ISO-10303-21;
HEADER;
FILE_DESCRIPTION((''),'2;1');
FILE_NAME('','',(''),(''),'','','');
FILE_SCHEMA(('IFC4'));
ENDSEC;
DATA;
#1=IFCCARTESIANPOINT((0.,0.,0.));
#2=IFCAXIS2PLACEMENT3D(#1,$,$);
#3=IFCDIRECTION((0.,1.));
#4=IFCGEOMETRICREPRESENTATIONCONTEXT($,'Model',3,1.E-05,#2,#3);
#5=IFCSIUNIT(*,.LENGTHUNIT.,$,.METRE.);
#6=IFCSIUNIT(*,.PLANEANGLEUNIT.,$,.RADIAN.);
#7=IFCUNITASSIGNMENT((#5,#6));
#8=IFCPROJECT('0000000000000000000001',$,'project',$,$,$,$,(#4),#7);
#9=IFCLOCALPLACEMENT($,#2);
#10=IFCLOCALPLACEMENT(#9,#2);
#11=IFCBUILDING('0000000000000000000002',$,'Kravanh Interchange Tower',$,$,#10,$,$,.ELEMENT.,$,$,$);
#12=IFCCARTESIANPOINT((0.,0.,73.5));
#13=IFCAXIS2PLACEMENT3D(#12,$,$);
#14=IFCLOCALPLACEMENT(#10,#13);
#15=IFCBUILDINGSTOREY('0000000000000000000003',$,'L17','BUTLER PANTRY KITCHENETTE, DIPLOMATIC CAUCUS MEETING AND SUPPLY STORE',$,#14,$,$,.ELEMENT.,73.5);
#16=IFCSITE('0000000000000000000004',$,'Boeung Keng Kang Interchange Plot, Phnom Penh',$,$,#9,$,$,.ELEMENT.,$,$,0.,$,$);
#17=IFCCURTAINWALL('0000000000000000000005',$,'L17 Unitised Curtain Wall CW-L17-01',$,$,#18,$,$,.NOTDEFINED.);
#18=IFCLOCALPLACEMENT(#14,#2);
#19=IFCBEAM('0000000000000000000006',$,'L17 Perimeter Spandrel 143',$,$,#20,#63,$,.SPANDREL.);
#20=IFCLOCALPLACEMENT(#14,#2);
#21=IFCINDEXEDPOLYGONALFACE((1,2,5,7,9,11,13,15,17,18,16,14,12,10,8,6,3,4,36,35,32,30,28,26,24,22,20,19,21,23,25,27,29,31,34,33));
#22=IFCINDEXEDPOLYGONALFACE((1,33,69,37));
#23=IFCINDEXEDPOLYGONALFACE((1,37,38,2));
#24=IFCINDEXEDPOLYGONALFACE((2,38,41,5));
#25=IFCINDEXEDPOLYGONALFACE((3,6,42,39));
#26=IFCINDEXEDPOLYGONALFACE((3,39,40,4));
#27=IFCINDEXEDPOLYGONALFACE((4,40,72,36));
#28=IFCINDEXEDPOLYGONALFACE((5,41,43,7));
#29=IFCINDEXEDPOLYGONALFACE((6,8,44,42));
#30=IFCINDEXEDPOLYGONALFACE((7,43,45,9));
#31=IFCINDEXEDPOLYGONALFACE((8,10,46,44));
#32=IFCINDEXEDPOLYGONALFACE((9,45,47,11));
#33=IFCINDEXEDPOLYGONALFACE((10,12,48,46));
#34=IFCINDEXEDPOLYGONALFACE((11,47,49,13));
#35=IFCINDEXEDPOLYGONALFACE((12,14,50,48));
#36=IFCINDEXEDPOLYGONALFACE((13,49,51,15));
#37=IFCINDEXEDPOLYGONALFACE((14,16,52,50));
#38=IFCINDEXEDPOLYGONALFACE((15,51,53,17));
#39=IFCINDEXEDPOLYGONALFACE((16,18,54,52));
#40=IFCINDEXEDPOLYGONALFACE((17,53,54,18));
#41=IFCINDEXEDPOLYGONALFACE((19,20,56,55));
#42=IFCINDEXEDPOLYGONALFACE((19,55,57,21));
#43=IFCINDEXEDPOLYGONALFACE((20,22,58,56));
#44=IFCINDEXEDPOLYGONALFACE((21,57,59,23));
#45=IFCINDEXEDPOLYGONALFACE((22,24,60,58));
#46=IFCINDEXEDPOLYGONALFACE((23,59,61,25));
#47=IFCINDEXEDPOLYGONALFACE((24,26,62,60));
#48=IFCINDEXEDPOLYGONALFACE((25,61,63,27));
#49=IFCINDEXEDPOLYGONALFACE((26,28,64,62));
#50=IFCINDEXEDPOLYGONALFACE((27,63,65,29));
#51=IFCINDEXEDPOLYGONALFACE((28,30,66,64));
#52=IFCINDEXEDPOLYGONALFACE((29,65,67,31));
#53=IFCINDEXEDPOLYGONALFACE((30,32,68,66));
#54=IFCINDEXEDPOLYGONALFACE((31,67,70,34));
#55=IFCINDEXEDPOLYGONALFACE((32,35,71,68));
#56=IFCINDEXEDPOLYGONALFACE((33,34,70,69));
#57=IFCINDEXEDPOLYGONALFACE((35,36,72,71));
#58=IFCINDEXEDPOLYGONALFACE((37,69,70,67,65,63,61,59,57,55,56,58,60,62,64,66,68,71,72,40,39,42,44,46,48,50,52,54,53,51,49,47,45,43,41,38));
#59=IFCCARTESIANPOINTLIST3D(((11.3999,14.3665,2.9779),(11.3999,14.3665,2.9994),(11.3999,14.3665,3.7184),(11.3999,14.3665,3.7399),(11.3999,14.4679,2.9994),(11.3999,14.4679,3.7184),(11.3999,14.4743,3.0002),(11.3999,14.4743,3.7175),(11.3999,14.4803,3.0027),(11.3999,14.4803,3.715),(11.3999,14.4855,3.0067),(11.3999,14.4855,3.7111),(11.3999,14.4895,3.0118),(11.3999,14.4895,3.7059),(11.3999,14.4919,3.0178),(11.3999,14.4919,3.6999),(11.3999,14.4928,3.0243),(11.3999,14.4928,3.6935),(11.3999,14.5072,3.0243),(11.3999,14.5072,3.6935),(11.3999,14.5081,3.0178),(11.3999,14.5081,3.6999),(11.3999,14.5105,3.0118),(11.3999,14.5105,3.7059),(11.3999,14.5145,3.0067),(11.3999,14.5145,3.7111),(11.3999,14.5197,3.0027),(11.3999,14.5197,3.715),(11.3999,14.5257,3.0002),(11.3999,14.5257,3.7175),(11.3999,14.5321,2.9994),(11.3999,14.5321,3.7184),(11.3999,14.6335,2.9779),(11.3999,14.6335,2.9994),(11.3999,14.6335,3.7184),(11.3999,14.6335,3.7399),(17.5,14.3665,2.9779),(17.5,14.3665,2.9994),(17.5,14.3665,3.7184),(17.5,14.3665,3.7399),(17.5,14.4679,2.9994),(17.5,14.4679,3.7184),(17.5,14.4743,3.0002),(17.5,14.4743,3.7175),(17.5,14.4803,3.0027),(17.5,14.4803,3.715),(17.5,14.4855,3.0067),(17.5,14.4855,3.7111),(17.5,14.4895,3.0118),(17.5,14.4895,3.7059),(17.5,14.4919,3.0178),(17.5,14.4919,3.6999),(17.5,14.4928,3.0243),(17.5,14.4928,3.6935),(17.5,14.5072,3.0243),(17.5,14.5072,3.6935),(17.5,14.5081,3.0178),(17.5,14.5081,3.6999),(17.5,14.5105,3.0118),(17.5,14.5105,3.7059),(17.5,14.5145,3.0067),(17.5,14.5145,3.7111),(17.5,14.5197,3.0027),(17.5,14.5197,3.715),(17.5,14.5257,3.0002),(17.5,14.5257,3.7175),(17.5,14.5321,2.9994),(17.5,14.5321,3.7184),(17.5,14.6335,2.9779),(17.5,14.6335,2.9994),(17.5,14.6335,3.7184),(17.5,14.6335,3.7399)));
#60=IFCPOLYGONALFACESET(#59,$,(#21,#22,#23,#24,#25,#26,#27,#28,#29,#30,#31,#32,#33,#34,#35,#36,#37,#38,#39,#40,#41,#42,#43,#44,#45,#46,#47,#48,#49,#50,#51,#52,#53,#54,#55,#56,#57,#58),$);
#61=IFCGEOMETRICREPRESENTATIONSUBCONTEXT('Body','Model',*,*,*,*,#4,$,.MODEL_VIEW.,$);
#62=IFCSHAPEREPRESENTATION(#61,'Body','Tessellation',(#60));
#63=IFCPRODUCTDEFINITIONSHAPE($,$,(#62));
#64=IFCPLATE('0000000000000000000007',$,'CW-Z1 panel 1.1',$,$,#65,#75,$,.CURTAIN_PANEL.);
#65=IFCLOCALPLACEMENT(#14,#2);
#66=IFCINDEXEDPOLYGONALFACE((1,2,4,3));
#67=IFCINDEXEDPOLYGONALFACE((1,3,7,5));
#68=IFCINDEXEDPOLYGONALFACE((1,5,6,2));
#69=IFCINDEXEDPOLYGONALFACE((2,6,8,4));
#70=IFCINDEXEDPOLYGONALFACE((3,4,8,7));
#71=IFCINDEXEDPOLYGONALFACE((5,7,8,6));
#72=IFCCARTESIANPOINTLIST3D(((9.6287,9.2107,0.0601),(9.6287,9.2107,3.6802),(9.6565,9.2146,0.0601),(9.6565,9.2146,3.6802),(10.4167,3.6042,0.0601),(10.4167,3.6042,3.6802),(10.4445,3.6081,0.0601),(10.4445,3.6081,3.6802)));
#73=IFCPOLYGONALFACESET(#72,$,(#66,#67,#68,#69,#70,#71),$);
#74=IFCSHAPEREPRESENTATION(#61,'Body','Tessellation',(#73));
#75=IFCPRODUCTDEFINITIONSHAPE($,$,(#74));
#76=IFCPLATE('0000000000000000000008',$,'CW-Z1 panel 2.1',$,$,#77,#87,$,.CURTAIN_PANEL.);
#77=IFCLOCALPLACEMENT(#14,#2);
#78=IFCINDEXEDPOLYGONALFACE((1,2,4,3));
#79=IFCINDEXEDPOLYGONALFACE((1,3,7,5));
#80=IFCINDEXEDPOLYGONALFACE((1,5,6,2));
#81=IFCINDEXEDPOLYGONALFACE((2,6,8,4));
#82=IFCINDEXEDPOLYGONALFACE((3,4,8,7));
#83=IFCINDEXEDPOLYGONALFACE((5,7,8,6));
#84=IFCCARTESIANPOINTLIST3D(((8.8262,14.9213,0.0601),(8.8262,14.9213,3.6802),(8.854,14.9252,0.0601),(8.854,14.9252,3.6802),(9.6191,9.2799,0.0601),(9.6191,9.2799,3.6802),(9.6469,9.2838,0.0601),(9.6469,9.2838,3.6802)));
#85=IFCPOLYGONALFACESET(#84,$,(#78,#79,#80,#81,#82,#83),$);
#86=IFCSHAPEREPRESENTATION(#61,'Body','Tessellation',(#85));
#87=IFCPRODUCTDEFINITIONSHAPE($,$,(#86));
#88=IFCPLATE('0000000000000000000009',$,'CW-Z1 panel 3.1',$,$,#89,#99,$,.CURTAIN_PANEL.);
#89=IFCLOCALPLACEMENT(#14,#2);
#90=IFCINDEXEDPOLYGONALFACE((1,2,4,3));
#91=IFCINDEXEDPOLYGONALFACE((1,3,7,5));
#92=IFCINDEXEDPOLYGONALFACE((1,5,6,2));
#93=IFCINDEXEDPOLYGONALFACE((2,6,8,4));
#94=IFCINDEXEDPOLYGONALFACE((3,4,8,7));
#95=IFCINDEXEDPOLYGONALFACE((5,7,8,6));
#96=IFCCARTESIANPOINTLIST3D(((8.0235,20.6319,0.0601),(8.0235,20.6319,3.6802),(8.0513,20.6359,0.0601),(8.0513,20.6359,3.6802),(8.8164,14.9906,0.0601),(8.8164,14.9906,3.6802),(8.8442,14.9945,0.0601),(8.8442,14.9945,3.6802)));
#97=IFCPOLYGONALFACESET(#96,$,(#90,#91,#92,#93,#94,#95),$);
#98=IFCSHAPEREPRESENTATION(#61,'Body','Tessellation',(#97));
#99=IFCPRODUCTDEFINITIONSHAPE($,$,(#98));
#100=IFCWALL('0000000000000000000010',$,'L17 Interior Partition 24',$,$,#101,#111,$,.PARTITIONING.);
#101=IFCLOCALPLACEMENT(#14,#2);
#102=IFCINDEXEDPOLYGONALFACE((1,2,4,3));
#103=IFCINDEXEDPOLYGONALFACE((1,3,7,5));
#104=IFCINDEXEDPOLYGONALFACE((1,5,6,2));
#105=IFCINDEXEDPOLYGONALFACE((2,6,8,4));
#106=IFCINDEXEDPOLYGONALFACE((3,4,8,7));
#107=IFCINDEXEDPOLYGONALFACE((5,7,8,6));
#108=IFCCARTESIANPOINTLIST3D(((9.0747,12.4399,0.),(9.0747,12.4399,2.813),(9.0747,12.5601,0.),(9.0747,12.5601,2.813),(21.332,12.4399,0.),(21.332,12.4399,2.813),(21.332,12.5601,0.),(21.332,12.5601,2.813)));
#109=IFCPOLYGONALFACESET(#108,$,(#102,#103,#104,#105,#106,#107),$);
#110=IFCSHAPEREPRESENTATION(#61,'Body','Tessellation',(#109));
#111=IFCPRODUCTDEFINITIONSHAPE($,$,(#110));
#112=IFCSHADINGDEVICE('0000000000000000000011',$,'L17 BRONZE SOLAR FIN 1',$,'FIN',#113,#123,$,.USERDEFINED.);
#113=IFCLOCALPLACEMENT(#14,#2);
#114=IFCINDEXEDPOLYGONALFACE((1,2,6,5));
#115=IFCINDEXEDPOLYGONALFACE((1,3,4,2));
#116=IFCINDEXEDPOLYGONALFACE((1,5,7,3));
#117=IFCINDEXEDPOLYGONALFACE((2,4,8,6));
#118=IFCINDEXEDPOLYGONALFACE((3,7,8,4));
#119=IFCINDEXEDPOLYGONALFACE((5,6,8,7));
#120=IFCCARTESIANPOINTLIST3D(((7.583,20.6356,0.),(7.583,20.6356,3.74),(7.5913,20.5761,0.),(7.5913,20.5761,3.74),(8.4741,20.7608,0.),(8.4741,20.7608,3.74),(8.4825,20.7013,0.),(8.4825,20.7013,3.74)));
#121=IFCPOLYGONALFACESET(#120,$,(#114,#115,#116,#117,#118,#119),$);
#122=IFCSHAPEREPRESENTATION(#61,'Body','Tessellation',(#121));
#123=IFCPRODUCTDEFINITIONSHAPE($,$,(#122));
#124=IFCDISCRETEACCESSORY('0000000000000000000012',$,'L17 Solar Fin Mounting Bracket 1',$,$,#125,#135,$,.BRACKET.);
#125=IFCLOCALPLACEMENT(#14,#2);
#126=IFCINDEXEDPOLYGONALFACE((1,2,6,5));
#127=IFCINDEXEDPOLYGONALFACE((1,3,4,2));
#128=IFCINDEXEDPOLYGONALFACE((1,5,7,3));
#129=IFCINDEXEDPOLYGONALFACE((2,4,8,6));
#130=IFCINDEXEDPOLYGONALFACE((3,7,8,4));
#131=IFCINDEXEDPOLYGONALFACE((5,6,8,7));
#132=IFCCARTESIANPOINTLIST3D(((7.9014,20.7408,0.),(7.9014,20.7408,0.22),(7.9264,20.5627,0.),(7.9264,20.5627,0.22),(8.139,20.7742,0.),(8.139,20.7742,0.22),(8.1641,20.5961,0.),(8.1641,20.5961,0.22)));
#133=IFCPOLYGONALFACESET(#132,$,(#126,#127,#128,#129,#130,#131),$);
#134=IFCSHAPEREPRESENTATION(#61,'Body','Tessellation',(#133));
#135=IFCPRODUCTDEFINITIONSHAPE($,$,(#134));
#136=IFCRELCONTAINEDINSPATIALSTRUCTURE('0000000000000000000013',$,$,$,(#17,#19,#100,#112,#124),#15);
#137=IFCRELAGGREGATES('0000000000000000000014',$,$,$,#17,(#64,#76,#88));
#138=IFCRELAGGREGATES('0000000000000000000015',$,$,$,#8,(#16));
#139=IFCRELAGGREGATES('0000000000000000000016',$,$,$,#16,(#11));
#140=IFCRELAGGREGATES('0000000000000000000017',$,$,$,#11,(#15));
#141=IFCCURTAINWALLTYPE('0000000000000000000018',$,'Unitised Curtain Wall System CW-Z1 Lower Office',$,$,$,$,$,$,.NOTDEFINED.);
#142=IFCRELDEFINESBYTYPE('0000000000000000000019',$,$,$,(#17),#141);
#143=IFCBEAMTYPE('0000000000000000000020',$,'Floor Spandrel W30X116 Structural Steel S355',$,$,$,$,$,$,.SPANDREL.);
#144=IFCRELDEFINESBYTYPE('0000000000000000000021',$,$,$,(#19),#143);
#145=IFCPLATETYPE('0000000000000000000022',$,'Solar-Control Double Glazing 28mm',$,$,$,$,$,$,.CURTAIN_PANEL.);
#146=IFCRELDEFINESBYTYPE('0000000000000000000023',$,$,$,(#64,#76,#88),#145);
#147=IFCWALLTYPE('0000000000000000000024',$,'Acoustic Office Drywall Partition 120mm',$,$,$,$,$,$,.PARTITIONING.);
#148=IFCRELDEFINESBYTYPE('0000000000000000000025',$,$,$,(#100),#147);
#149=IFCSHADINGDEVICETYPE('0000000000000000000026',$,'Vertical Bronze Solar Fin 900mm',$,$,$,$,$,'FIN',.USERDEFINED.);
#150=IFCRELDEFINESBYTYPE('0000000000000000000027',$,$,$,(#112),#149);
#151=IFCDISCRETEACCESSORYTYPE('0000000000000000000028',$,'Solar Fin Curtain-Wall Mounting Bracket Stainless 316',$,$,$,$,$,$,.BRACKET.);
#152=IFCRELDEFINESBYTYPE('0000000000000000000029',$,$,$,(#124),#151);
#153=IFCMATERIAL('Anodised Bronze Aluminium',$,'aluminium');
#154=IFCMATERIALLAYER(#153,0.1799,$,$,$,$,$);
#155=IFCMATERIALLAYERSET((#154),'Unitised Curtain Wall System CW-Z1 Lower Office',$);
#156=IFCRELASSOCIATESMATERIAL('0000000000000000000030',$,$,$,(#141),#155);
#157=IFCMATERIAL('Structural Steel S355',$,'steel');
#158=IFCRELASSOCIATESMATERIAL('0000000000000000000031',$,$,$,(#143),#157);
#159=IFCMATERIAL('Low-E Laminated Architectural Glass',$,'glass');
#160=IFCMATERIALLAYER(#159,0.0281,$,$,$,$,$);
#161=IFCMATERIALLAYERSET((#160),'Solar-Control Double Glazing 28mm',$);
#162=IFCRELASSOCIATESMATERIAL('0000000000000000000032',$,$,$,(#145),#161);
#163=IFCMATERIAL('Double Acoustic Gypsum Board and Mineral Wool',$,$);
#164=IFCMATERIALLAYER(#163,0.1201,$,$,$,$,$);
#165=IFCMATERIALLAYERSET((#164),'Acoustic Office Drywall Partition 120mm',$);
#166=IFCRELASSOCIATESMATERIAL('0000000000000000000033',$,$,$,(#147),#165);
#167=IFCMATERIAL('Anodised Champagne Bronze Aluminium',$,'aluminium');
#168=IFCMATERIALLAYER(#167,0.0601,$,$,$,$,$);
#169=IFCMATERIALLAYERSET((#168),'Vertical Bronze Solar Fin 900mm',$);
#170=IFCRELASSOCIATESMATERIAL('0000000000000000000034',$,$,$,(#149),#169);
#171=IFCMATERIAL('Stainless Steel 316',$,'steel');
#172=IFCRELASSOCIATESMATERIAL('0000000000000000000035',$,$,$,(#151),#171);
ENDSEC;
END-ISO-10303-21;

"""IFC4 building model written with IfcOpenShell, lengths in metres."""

from ifc_helpers import new_model, si_unit, direction, frame, frame_2d, origin, origin_2d, place, context, subcontext, project, spatial, rectangle, i_section, extrude, material, layer, layer_set, material_profile, profile_set, type_object, element, aggregate, save


model = new_model("IFC4")

# Units and contexts
model_context = context("Model", 3, precision=1e-05, world=origin(), true_north=direction((0.0, 1.0)))
body_context = subcontext(model_context, "Body", "Model", "MODEL_VIEW")
ifc_project = project(units=[si_unit("LENGTHUNIT", "METRE"), si_unit("PLANEANGLEUNIT", "RADIAN")], contexts=[model_context])

# Site, building, storey
site_placement = place(None, origin())
site = spatial("IfcSite", under=ifc_project, at=site_placement, Name="Boeung Keng Kang Interchange Plot, Phnom Penh", CompositionType="ELEMENT", RefElevation=0.0)
building_placement = place(site_placement, origin())
building = spatial("IfcBuilding", under=site, at=building_placement, Name="Kravanh Interchange Tower", CompositionType="ELEMENT")
storey_placement = place(building_placement, frame((0.0, 0.0, 73.5)))
storey = spatial("IfcBuildingStorey", under=building, at=storey_placement, Name="L17", Description="BUTLER PANTRY KITCHENETTE, DIPLOMATIC CAUCUS MEETING AND SUPPLY STORE", CompositionType="ELEMENT", Elevation=73.5)

# Curtain wall
ifc_material_1 = material(Name="Anodised Bronze Aluminium", Category="aluminium")
ifc_layer_1 = layer(ifc_material_1, 0.1799)
ifc_layer_set_1 = layer_set([ifc_layer_1], Name="Unitised Curtain Wall System CW-Z1 Lower Office")
curtain_wall_type = type_object("IfcCurtainWallType", Name="Unitised Curtain Wall System CW-Z1 Lower Office", PredefinedType="NOTDEFINED", material=ifc_layer_set_1)
curtain_wall_placement = place(storey_placement, origin())
curtain_wall = element("IfcCurtainWall", 1, at=curtain_wall_placement, inside=storey, type_object=curtain_wall_type, Name="L17 Unitised Curtain Wall CW-L17-01", PredefinedType="NOTDEFINED")

# Beam
ifc_material_2 = material(Name="Structural Steel S355", Category="steel")
ifc_material_profile_1 = material_profile(ifc_material_2, i_section(OverallWidth=0.2671, OverallDepth=0.762, WebThickness=0.0144, FlangeThickness=0.0215, FilletRadius=0.0249, at=origin_2d()), Name="W30X116")
ifc_profile_set_1 = profile_set([ifc_material_profile_1], Name="Structural Steel S355")
beam_type_1 = type_object("IfcBeamType", Name="Floor Spandrel W30X116 Structural Steel S355", PredefinedType="SPANDREL", material=ifc_profile_set_1)
beam_1_placement = place(storey_placement, frame((11.3999, 14.5, 3.3589), z_axis=(1.0, 0.0, 0.0), x_axis=(0.0, 1.0, 0.0)))
element("IfcBeam", 2, at=beam_1_placement, inside=storey, type_object=beam_type_1, Name="L17 Perimeter Spandrel 143", PredefinedType="SPANDREL", context=body_context, shape_type="SweptSolid", body=[
    extrude(i_section(OverallWidth=0.2671, OverallDepth=0.762, WebThickness=0.0144, FlangeThickness=0.0215, FilletRadius=0.0249, at=origin_2d()), origin(), (0.0, 0.0, 1.0), 6.1001),
])

# Plates
ifc_material_3 = material(Name="Low-E Laminated Architectural Glass", Category="glass")
ifc_layer_2 = layer(ifc_material_3, 0.0281)
ifc_layer_set_2 = layer_set([ifc_layer_2], Name="Solar-Control Double Glazing 28mm")
plate_type = type_object("IfcPlateType", Name="Solar-Control Double Glazing 28mm", PredefinedType="CURTAIN_PANEL", material=ifc_layer_set_2)
plate_1_placement = place(storey_placement, frame((10.0366, 6.4094, 0.0601), z_axis=(0.0, 0.0, 1.0), x_axis=(-0.139177, 0.990268, 0.0)))
plate_1 = element("IfcPlate", 3, at=plate_1_placement, type_object=plate_type, Name="CW-Z1 panel 1.1", PredefinedType="CURTAIN_PANEL", context=body_context, shape_type="SweptSolid", body=[
    extrude(rectangle(XDim=5.6616, YDim=0.0281, at=origin_2d()), origin(), (0.0, 0.0, 1.0), 3.6201),
])
plate_2_placement = place(storey_placement, frame((9.2366, 12.1025, 0.0601), z_axis=(0.0, 0.0, 1.0), x_axis=(-0.139177, 0.990268, 0.0)))
plate_2 = element("IfcPlate", 4, at=plate_2_placement, type_object=plate_type, Name="CW-Z1 panel 2.1", PredefinedType="CURTAIN_PANEL", context=body_context, shape_type="SweptSolid", body=[
    extrude(rectangle(XDim=5.6968, YDim=0.0281, at=origin_2d()), origin(), (0.0, 0.0, 1.0), 3.6201),
])
plate_3_placement = place(storey_placement, frame((8.4338, 17.8132, 0.0601), z_axis=(0.0, 0.0, 1.0), x_axis=(-0.139177, 0.990268, 0.0)))
plate_3 = element("IfcPlate", 5, at=plate_3_placement, type_object=plate_type, Name="CW-Z1 panel 3.1", PredefinedType="CURTAIN_PANEL", context=body_context, shape_type="SweptSolid", body=[
    extrude(rectangle(XDim=5.6968, YDim=0.0281, at=origin_2d()), origin(), (0.0, 0.0, 1.0), 3.6201),
])
aggregate(curtain_wall, [plate_1, plate_2, plate_3])

# Wall
ifc_material_4 = material(Name="Double Acoustic Gypsum Board and Mineral Wool")
ifc_layer_3 = layer(ifc_material_4, 0.1201)
ifc_layer_set_3 = layer_set([ifc_layer_3], Name="Acoustic Office Drywall Partition 120mm")
wall_type = type_object("IfcWallType", Name="Acoustic Office Drywall Partition 120mm", PredefinedType="PARTITIONING", material=ifc_layer_set_3)
wall_placement = place(storey_placement, frame((9.0747, 12.5, 0.0), z_axis=(0.0, 0.0, 1.0), x_axis=(1.0, 0.0, 0.0)))
element("IfcWall", 6, at=wall_placement, inside=storey, type_object=wall_type, Name="L17 Interior Partition 24", PredefinedType="PARTITIONING", context=body_context, shape_type="SweptSolid", body=[
    extrude(rectangle(XDim=12.2573, YDim=0.1201, at=frame_2d((6.1287, 0.0))), origin(), (0.0, 0.0, 1.0), 2.813),
])

# Shading device
ifc_material_5 = material(Name="Anodised Champagne Bronze Aluminium", Category="aluminium")
ifc_layer_4 = layer(ifc_material_5, 0.0601)
ifc_layer_set_4 = layer_set([ifc_layer_4], Name="Vertical Bronze Solar Fin 900mm")
shading_device_type = type_object("IfcShadingDeviceType", Name="Vertical Bronze Solar Fin 900mm", ElementType="FIN", PredefinedType="USERDEFINED", material=ifc_layer_set_4)
shading_device_placement = place(storey_placement, frame((8.0327, 20.6685, 0.0), z_axis=(0.0, 0.0, 1.0), x_axis=(-0.990268, -0.139175, 0.0)))
element("IfcShadingDevice", 7, at=shading_device_placement, inside=storey, type_object=shading_device_type, Name="L17 BRONZE SOLAR FIN 1", ObjectType="FIN", PredefinedType="USERDEFINED", context=body_context, shape_type="SweptSolid", body=[
    extrude(rectangle(XDim=0.8999, YDim=0.0601, at=origin_2d()), origin(), (0.0, 0.0, 1.0), 3.74),
])

# Discrete accessory
ifc_material_6 = material(Name="Stainless Steel 316", Category="steel")
discrete_accessory_type = type_object("IfcDiscreteAccessoryType", Name="Solar Fin Curtain-Wall Mounting Bracket Stainless 316", PredefinedType="BRACKET", material=ifc_material_6)
discrete_accessory_placement = place(storey_placement, frame((8.0327, 20.6685, 0.0), z_axis=(0.0, 0.0, 1.0), x_axis=(-0.990268, -0.139175, 0.0)))
element("IfcDiscreteAccessory", 8, at=discrete_accessory_placement, inside=storey, type_object=discrete_accessory_type, Name="L17 Solar Fin Mounting Bracket 1", PredefinedType="BRACKET", context=body_context, shape_type="SweptSolid", body=[
    extrude(rectangle(XDim=0.24, YDim=0.1799, at=origin_2d()), origin(), (0.0, 0.0, 1.0), 0.22),
])

save(model, "model.ifc")
